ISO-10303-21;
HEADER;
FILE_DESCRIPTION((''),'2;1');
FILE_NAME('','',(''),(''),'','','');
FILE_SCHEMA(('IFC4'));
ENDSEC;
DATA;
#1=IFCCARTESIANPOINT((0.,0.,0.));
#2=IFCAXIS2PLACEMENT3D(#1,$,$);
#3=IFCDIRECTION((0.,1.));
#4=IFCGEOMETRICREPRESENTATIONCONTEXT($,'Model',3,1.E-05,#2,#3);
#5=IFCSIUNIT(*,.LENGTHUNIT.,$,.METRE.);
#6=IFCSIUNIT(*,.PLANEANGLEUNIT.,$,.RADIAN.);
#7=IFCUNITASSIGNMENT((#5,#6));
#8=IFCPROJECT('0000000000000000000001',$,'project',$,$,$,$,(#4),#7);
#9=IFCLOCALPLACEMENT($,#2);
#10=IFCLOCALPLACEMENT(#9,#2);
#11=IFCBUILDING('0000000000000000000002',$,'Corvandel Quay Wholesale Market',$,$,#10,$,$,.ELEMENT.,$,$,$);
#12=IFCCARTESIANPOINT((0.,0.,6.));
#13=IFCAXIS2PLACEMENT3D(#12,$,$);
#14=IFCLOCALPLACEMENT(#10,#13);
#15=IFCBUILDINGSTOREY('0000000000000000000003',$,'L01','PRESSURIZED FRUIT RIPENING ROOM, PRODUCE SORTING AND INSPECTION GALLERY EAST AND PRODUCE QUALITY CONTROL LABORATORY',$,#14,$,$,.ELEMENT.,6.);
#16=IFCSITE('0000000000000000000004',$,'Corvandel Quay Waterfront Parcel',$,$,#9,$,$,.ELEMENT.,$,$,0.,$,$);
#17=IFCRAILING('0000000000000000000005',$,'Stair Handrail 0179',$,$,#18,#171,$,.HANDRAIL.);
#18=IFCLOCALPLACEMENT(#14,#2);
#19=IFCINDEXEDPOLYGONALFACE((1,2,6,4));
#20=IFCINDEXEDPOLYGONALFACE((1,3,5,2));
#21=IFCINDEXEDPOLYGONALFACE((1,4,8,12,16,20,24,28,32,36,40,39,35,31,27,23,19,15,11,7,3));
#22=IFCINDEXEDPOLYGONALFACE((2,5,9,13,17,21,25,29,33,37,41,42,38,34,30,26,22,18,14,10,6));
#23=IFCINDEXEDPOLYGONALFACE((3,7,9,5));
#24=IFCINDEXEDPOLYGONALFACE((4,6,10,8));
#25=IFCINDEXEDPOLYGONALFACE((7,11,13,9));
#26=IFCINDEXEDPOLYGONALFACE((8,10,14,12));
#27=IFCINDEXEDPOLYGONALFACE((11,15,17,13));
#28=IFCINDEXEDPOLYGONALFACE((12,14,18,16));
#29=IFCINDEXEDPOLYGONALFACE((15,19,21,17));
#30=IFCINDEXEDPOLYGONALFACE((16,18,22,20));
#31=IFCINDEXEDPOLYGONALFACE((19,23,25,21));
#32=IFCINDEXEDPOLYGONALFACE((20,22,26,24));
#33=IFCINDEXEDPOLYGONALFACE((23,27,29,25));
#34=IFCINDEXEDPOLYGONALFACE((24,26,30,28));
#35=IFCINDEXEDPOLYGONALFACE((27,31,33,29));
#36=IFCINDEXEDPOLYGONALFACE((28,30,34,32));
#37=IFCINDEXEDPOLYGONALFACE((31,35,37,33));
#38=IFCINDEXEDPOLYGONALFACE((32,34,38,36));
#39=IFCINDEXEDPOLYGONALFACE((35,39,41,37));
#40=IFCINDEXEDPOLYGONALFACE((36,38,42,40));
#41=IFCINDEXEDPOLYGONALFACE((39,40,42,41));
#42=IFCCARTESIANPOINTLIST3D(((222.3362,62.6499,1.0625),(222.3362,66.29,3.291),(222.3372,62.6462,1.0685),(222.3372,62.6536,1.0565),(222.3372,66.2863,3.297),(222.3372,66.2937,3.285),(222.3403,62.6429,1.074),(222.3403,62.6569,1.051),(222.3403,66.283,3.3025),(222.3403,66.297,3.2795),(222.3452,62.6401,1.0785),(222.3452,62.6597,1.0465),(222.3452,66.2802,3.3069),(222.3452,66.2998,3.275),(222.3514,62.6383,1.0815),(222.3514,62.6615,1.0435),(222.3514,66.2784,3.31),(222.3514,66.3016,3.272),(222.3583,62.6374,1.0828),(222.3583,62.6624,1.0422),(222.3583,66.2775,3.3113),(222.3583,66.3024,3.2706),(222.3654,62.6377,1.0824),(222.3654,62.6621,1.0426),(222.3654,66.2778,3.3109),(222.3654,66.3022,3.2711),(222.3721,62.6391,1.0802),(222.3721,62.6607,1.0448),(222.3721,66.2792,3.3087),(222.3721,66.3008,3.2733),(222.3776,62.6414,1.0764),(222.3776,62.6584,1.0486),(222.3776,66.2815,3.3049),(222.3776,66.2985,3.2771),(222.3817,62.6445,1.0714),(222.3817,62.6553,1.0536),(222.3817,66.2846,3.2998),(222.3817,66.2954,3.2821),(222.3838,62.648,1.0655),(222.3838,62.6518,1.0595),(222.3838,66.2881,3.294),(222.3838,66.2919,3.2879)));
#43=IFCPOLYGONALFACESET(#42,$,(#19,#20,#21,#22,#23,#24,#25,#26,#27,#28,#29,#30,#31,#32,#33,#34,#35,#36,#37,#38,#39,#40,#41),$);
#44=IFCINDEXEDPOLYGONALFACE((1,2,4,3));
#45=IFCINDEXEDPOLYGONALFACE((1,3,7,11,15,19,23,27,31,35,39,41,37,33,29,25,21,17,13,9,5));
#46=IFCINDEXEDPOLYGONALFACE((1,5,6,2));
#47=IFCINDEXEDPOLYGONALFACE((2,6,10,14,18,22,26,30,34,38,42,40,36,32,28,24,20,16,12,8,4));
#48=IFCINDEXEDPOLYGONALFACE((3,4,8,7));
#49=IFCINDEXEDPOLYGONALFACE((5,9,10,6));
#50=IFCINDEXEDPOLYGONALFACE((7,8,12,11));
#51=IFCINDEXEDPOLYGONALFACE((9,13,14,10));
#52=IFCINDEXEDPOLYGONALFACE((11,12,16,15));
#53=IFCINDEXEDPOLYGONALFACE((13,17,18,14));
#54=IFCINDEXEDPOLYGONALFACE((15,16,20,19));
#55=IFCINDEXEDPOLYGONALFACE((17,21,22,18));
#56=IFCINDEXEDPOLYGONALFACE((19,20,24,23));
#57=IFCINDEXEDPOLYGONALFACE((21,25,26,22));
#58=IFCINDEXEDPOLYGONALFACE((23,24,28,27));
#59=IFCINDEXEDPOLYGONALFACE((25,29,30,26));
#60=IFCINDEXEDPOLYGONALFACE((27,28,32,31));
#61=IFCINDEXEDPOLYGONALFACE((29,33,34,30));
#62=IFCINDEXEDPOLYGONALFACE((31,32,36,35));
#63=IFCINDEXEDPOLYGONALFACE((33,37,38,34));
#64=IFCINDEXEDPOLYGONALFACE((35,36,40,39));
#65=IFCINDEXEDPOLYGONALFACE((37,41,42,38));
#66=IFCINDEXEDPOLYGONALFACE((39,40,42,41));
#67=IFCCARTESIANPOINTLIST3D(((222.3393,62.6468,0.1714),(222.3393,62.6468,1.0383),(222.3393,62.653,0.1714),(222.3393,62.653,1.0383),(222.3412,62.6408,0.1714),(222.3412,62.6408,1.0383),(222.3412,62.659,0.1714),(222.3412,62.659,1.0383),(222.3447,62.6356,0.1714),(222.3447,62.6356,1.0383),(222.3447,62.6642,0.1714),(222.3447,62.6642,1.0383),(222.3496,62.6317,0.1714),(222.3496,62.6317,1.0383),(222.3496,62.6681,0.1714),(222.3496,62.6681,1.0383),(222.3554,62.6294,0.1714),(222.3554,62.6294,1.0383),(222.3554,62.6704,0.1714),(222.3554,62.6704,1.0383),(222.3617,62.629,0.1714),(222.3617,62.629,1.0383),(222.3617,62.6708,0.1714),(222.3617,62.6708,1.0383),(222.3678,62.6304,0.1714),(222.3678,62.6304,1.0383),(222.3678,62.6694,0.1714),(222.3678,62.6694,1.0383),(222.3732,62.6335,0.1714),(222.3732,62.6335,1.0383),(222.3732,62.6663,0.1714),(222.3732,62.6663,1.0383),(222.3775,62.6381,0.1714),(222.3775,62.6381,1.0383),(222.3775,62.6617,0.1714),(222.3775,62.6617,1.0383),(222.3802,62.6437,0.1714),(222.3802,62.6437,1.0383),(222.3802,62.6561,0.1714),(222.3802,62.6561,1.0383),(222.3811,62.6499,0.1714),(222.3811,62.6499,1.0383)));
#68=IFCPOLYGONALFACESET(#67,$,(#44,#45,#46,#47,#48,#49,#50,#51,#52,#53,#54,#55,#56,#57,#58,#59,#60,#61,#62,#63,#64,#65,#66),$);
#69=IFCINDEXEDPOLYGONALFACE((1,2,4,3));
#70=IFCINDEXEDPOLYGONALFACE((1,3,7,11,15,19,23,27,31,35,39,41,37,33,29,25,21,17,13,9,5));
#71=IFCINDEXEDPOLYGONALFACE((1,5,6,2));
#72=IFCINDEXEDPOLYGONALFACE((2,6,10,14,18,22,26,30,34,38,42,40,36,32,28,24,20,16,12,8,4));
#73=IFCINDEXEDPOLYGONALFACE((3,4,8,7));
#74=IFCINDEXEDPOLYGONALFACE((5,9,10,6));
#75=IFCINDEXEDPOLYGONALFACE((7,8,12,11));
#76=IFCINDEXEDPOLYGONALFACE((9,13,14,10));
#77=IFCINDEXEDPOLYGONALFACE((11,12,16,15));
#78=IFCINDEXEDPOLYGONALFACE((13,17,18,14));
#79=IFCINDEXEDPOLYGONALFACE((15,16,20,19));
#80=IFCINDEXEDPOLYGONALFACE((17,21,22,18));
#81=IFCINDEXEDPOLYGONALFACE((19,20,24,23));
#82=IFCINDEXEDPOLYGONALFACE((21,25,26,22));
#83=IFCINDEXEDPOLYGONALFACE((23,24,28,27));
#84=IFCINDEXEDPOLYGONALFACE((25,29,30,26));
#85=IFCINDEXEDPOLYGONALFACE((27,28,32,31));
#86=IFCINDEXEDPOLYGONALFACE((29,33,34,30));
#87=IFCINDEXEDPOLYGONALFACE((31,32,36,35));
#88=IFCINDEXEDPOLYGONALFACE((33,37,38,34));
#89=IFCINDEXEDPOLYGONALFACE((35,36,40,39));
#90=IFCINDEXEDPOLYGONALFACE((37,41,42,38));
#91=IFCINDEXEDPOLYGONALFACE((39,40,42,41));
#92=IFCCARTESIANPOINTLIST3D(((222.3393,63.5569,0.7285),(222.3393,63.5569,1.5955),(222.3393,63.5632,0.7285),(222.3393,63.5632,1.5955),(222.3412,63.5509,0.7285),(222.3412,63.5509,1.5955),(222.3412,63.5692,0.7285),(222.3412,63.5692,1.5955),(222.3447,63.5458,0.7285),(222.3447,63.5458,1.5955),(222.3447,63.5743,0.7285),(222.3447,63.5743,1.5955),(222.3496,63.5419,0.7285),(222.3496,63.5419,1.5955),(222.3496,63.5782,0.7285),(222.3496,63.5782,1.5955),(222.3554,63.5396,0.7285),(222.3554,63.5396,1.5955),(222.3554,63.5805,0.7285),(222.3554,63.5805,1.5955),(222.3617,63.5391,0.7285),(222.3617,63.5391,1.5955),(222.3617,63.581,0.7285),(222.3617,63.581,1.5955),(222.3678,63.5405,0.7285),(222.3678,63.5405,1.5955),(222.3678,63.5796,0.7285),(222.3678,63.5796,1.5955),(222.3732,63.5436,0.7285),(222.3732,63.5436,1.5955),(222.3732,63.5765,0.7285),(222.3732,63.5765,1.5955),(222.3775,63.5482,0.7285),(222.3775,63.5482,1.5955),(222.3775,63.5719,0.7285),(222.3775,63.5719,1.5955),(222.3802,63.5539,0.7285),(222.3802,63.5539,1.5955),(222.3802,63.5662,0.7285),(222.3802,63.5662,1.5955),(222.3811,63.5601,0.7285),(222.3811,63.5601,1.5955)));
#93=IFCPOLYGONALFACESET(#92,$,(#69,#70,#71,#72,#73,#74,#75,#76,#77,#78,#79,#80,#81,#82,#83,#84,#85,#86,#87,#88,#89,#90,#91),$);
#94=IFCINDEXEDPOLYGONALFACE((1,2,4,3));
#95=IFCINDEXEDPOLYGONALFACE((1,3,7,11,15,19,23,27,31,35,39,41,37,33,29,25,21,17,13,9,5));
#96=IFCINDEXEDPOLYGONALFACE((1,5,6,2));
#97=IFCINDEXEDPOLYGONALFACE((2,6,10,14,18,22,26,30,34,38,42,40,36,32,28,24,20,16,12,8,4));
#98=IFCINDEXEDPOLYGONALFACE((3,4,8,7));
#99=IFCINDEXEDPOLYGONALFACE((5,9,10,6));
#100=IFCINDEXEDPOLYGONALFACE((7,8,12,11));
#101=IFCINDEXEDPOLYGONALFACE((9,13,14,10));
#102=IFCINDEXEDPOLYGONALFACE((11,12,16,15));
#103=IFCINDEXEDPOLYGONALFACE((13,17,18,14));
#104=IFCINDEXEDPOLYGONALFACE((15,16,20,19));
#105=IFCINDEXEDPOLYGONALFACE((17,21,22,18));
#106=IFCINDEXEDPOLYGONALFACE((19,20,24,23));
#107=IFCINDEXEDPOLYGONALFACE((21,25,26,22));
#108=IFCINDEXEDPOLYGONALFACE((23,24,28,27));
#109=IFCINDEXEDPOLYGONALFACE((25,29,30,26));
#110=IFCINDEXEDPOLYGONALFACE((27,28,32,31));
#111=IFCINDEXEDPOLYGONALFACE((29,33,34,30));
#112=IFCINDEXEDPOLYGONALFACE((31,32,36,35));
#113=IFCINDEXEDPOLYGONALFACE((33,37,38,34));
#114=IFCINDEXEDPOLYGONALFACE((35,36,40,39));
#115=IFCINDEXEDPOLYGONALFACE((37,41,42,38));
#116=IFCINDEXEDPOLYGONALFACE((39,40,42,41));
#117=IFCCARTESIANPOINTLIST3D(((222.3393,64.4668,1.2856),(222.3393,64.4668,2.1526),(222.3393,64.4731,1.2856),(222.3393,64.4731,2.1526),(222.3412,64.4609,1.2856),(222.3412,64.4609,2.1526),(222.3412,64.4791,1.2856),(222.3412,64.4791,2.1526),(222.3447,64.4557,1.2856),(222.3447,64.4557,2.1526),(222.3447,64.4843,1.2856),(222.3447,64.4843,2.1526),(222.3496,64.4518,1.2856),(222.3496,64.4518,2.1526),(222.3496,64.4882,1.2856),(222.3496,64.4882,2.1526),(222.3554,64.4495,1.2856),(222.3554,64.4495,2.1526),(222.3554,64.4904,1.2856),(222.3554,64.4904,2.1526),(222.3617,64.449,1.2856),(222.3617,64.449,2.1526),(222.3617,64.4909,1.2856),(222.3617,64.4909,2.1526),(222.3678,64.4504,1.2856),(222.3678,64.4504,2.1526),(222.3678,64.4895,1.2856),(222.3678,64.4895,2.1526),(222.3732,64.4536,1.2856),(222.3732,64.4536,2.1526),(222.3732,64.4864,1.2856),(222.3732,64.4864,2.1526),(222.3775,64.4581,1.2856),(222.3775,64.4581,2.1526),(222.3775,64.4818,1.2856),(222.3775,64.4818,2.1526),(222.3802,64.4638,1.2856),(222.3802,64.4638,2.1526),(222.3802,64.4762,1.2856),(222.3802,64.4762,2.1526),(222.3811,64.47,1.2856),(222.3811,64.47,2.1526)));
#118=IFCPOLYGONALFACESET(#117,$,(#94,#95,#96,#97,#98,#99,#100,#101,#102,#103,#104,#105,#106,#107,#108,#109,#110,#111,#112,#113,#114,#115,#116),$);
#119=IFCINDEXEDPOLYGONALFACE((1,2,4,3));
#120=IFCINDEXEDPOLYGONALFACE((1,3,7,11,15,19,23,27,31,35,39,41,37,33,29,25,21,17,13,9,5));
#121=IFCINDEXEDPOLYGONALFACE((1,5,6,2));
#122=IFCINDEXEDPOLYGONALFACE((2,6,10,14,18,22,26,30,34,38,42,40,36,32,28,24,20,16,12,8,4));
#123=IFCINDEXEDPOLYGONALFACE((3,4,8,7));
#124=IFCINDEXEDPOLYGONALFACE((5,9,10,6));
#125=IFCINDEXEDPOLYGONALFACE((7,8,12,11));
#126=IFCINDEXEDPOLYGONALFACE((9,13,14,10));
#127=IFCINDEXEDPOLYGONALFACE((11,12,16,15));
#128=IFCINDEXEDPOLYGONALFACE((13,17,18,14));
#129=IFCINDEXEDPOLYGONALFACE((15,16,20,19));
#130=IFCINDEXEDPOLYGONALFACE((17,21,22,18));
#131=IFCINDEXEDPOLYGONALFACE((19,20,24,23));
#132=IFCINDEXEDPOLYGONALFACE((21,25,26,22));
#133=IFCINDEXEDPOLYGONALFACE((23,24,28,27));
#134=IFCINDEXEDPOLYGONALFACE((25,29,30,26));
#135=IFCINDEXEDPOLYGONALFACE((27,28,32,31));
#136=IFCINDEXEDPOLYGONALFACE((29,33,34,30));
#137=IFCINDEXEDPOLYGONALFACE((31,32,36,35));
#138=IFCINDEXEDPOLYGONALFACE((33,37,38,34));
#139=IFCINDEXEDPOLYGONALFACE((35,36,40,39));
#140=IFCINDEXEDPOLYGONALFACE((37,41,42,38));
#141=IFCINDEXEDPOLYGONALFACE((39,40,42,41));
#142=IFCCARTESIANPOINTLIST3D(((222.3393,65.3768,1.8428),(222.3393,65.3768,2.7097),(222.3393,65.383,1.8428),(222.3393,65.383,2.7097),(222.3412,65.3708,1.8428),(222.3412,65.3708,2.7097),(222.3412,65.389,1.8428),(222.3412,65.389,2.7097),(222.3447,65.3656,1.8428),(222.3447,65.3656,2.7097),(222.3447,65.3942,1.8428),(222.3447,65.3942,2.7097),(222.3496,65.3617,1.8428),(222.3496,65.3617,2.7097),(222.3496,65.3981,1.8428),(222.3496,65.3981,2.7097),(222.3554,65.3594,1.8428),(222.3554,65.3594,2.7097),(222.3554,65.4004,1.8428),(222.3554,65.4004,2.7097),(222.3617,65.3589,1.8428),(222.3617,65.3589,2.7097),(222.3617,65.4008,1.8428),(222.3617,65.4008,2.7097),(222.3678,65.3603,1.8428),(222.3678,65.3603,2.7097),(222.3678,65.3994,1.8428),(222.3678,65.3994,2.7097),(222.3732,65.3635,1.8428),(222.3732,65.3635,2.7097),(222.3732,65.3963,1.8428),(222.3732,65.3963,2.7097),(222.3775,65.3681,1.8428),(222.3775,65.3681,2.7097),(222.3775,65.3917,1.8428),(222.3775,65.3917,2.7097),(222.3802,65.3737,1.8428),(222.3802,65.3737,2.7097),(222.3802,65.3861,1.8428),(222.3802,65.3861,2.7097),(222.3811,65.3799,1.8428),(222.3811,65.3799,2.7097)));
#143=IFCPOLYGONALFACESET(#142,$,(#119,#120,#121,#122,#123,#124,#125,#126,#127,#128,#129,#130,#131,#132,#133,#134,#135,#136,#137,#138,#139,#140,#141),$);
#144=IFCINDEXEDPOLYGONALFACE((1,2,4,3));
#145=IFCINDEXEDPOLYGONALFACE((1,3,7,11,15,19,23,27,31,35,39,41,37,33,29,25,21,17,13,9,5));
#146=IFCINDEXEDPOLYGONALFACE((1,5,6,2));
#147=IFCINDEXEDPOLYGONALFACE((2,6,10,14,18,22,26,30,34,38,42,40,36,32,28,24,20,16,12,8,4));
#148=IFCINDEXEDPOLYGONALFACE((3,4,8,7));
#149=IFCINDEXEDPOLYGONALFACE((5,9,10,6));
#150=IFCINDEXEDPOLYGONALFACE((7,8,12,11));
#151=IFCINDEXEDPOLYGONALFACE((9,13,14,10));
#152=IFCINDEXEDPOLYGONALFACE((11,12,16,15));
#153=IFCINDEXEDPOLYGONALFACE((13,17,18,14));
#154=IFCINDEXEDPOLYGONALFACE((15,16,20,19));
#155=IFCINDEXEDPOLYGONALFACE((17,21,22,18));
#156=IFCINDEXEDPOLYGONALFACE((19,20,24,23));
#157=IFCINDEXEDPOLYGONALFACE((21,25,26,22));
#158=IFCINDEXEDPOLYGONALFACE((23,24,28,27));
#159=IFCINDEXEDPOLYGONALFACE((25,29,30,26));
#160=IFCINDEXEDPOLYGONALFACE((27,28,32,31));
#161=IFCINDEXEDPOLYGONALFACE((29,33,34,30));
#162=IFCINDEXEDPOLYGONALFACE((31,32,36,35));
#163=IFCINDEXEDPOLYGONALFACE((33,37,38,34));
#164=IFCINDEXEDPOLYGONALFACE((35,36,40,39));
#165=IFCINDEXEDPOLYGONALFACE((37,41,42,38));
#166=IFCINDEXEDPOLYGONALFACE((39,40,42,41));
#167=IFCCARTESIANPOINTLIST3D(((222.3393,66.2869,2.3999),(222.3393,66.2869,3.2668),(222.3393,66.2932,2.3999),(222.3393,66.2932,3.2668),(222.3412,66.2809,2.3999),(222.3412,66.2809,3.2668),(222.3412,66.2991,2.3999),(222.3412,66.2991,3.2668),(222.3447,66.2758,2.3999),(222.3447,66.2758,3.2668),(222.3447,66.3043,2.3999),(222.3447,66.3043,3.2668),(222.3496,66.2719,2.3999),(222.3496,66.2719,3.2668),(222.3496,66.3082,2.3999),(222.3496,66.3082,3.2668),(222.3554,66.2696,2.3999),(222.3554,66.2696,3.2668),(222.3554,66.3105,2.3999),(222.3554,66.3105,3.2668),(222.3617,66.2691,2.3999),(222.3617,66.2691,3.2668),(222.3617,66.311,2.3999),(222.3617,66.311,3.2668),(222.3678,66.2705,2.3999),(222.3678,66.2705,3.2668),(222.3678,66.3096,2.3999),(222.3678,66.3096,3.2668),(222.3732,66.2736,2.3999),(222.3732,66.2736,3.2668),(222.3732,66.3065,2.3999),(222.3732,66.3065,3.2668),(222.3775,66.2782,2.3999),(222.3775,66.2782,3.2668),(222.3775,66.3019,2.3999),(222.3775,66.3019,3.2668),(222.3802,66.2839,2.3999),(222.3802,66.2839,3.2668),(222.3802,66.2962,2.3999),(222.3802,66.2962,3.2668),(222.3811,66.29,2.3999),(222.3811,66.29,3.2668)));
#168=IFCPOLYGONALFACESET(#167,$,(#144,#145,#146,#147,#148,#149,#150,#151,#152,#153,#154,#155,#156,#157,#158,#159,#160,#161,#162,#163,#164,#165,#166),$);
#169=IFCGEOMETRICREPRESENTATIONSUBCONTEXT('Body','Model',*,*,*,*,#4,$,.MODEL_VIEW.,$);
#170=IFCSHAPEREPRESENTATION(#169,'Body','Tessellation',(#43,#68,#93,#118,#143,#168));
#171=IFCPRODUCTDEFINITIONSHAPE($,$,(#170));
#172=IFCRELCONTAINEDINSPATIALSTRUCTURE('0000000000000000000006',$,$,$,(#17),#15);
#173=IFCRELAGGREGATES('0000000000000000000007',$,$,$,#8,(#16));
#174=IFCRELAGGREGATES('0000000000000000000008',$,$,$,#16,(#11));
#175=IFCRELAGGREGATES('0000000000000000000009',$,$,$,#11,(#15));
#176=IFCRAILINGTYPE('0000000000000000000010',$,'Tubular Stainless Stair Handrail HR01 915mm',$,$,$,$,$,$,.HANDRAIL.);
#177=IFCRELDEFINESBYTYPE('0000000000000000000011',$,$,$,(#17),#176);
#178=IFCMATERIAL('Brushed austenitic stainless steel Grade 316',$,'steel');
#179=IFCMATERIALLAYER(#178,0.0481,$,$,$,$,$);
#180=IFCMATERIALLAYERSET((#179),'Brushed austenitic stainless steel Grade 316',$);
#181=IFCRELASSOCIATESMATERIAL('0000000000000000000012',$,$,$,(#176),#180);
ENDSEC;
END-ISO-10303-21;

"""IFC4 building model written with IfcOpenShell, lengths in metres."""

from ifc_helpers import new_model, si_unit, direction, frame, origin, origin_2d, place, context, subcontext, project, spatial, circle, extrude, material, layer, layer_set, type_object, element, save


model = new_model("IFC4")

# Units and contexts
model_context = context("Model", 3, precision=1e-05, world=origin(), true_north=direction((0.0, 1.0)))
body_context = subcontext(model_context, "Body", "Model", "MODEL_VIEW")
ifc_project = project(units=[si_unit("LENGTHUNIT", "METRE"), si_unit("PLANEANGLEUNIT", "RADIAN")], contexts=[model_context])

# Site, building, storey
site_placement = place(None, origin())
site = spatial("IfcSite", under=ifc_project, at=site_placement, Name="Corvandel Quay Waterfront Parcel", CompositionType="ELEMENT", RefElevation=0.0)
building_placement = place(site_placement, origin())
building = spatial("IfcBuilding", under=site, at=building_placement, Name="Corvandel Quay Wholesale Market", CompositionType="ELEMENT")
storey_placement = place(building_placement, frame((0.0, 0.0, 6.0)))
storey = spatial("IfcBuildingStorey", under=building, at=storey_placement, Name="L01", Description="PRESSURIZED FRUIT RIPENING ROOM, PRODUCE SORTING AND INSPECTION GALLERY EAST AND PRODUCE QUALITY CONTROL LABORATORY", CompositionType="ELEMENT", Elevation=6.0)

# Railing
ifc_material_1 = material(Name="Brushed austenitic stainless steel Grade 316", Category="steel")
ifc_layer_1 = layer(ifc_material_1, 0.0481)
ifc_layer_set_1 = layer_set([ifc_layer_1], Name="Brushed austenitic stainless steel Grade 316")
railing_type = type_object("IfcRailingType", Name="Tubular Stainless Stair Handrail HR01 915mm", PredefinedType="HANDRAIL", material=ifc_layer_set_1)
railing_placement = place(storey_placement, frame((222.3601, 62.6499, 0.1714)))
element("IfcRailing", 1, at=railing_placement, inside=storey, type_object=railing_type, Name="Stair Handrail 0179", PredefinedType="HANDRAIL", context=body_context, shape_type="SweptSolid", body=[
    extrude(circle(Radius=0.0239, at=origin_2d()), frame((0.0, 0.0, 0.8911), z_axis=(0.0, 0.852866, 0.52213), x_axis=(-1.0, 0.0, 0.0)), (0.0, 0.0, 1.0), 4.2681),
    extrude(circle(Radius=0.021, at=origin_2d()), origin(), (0.0, 0.0, 1.0), 0.8669),
    extrude(circle(Radius=0.021, at=origin_2d()), frame((0.0, 0.9102, 0.5571)), (0.0, 0.0, 1.0), 0.8669),
    extrude(circle(Radius=0.021, at=origin_2d()), frame((0.0, 1.8201, 1.1143)), (0.0, 0.0, 1.0), 0.8669),
    extrude(circle(Radius=0.021, at=origin_2d()), frame((0.0, 2.73, 1.6714)), (0.0, 0.0, 1.0), 0.8669),
    extrude(circle(Radius=0.021, at=origin_2d()), frame((0.0, 3.6401, 2.2285)), (0.0, 0.0, 1.0), 0.8669),
])

save(model, "model.ifc")
